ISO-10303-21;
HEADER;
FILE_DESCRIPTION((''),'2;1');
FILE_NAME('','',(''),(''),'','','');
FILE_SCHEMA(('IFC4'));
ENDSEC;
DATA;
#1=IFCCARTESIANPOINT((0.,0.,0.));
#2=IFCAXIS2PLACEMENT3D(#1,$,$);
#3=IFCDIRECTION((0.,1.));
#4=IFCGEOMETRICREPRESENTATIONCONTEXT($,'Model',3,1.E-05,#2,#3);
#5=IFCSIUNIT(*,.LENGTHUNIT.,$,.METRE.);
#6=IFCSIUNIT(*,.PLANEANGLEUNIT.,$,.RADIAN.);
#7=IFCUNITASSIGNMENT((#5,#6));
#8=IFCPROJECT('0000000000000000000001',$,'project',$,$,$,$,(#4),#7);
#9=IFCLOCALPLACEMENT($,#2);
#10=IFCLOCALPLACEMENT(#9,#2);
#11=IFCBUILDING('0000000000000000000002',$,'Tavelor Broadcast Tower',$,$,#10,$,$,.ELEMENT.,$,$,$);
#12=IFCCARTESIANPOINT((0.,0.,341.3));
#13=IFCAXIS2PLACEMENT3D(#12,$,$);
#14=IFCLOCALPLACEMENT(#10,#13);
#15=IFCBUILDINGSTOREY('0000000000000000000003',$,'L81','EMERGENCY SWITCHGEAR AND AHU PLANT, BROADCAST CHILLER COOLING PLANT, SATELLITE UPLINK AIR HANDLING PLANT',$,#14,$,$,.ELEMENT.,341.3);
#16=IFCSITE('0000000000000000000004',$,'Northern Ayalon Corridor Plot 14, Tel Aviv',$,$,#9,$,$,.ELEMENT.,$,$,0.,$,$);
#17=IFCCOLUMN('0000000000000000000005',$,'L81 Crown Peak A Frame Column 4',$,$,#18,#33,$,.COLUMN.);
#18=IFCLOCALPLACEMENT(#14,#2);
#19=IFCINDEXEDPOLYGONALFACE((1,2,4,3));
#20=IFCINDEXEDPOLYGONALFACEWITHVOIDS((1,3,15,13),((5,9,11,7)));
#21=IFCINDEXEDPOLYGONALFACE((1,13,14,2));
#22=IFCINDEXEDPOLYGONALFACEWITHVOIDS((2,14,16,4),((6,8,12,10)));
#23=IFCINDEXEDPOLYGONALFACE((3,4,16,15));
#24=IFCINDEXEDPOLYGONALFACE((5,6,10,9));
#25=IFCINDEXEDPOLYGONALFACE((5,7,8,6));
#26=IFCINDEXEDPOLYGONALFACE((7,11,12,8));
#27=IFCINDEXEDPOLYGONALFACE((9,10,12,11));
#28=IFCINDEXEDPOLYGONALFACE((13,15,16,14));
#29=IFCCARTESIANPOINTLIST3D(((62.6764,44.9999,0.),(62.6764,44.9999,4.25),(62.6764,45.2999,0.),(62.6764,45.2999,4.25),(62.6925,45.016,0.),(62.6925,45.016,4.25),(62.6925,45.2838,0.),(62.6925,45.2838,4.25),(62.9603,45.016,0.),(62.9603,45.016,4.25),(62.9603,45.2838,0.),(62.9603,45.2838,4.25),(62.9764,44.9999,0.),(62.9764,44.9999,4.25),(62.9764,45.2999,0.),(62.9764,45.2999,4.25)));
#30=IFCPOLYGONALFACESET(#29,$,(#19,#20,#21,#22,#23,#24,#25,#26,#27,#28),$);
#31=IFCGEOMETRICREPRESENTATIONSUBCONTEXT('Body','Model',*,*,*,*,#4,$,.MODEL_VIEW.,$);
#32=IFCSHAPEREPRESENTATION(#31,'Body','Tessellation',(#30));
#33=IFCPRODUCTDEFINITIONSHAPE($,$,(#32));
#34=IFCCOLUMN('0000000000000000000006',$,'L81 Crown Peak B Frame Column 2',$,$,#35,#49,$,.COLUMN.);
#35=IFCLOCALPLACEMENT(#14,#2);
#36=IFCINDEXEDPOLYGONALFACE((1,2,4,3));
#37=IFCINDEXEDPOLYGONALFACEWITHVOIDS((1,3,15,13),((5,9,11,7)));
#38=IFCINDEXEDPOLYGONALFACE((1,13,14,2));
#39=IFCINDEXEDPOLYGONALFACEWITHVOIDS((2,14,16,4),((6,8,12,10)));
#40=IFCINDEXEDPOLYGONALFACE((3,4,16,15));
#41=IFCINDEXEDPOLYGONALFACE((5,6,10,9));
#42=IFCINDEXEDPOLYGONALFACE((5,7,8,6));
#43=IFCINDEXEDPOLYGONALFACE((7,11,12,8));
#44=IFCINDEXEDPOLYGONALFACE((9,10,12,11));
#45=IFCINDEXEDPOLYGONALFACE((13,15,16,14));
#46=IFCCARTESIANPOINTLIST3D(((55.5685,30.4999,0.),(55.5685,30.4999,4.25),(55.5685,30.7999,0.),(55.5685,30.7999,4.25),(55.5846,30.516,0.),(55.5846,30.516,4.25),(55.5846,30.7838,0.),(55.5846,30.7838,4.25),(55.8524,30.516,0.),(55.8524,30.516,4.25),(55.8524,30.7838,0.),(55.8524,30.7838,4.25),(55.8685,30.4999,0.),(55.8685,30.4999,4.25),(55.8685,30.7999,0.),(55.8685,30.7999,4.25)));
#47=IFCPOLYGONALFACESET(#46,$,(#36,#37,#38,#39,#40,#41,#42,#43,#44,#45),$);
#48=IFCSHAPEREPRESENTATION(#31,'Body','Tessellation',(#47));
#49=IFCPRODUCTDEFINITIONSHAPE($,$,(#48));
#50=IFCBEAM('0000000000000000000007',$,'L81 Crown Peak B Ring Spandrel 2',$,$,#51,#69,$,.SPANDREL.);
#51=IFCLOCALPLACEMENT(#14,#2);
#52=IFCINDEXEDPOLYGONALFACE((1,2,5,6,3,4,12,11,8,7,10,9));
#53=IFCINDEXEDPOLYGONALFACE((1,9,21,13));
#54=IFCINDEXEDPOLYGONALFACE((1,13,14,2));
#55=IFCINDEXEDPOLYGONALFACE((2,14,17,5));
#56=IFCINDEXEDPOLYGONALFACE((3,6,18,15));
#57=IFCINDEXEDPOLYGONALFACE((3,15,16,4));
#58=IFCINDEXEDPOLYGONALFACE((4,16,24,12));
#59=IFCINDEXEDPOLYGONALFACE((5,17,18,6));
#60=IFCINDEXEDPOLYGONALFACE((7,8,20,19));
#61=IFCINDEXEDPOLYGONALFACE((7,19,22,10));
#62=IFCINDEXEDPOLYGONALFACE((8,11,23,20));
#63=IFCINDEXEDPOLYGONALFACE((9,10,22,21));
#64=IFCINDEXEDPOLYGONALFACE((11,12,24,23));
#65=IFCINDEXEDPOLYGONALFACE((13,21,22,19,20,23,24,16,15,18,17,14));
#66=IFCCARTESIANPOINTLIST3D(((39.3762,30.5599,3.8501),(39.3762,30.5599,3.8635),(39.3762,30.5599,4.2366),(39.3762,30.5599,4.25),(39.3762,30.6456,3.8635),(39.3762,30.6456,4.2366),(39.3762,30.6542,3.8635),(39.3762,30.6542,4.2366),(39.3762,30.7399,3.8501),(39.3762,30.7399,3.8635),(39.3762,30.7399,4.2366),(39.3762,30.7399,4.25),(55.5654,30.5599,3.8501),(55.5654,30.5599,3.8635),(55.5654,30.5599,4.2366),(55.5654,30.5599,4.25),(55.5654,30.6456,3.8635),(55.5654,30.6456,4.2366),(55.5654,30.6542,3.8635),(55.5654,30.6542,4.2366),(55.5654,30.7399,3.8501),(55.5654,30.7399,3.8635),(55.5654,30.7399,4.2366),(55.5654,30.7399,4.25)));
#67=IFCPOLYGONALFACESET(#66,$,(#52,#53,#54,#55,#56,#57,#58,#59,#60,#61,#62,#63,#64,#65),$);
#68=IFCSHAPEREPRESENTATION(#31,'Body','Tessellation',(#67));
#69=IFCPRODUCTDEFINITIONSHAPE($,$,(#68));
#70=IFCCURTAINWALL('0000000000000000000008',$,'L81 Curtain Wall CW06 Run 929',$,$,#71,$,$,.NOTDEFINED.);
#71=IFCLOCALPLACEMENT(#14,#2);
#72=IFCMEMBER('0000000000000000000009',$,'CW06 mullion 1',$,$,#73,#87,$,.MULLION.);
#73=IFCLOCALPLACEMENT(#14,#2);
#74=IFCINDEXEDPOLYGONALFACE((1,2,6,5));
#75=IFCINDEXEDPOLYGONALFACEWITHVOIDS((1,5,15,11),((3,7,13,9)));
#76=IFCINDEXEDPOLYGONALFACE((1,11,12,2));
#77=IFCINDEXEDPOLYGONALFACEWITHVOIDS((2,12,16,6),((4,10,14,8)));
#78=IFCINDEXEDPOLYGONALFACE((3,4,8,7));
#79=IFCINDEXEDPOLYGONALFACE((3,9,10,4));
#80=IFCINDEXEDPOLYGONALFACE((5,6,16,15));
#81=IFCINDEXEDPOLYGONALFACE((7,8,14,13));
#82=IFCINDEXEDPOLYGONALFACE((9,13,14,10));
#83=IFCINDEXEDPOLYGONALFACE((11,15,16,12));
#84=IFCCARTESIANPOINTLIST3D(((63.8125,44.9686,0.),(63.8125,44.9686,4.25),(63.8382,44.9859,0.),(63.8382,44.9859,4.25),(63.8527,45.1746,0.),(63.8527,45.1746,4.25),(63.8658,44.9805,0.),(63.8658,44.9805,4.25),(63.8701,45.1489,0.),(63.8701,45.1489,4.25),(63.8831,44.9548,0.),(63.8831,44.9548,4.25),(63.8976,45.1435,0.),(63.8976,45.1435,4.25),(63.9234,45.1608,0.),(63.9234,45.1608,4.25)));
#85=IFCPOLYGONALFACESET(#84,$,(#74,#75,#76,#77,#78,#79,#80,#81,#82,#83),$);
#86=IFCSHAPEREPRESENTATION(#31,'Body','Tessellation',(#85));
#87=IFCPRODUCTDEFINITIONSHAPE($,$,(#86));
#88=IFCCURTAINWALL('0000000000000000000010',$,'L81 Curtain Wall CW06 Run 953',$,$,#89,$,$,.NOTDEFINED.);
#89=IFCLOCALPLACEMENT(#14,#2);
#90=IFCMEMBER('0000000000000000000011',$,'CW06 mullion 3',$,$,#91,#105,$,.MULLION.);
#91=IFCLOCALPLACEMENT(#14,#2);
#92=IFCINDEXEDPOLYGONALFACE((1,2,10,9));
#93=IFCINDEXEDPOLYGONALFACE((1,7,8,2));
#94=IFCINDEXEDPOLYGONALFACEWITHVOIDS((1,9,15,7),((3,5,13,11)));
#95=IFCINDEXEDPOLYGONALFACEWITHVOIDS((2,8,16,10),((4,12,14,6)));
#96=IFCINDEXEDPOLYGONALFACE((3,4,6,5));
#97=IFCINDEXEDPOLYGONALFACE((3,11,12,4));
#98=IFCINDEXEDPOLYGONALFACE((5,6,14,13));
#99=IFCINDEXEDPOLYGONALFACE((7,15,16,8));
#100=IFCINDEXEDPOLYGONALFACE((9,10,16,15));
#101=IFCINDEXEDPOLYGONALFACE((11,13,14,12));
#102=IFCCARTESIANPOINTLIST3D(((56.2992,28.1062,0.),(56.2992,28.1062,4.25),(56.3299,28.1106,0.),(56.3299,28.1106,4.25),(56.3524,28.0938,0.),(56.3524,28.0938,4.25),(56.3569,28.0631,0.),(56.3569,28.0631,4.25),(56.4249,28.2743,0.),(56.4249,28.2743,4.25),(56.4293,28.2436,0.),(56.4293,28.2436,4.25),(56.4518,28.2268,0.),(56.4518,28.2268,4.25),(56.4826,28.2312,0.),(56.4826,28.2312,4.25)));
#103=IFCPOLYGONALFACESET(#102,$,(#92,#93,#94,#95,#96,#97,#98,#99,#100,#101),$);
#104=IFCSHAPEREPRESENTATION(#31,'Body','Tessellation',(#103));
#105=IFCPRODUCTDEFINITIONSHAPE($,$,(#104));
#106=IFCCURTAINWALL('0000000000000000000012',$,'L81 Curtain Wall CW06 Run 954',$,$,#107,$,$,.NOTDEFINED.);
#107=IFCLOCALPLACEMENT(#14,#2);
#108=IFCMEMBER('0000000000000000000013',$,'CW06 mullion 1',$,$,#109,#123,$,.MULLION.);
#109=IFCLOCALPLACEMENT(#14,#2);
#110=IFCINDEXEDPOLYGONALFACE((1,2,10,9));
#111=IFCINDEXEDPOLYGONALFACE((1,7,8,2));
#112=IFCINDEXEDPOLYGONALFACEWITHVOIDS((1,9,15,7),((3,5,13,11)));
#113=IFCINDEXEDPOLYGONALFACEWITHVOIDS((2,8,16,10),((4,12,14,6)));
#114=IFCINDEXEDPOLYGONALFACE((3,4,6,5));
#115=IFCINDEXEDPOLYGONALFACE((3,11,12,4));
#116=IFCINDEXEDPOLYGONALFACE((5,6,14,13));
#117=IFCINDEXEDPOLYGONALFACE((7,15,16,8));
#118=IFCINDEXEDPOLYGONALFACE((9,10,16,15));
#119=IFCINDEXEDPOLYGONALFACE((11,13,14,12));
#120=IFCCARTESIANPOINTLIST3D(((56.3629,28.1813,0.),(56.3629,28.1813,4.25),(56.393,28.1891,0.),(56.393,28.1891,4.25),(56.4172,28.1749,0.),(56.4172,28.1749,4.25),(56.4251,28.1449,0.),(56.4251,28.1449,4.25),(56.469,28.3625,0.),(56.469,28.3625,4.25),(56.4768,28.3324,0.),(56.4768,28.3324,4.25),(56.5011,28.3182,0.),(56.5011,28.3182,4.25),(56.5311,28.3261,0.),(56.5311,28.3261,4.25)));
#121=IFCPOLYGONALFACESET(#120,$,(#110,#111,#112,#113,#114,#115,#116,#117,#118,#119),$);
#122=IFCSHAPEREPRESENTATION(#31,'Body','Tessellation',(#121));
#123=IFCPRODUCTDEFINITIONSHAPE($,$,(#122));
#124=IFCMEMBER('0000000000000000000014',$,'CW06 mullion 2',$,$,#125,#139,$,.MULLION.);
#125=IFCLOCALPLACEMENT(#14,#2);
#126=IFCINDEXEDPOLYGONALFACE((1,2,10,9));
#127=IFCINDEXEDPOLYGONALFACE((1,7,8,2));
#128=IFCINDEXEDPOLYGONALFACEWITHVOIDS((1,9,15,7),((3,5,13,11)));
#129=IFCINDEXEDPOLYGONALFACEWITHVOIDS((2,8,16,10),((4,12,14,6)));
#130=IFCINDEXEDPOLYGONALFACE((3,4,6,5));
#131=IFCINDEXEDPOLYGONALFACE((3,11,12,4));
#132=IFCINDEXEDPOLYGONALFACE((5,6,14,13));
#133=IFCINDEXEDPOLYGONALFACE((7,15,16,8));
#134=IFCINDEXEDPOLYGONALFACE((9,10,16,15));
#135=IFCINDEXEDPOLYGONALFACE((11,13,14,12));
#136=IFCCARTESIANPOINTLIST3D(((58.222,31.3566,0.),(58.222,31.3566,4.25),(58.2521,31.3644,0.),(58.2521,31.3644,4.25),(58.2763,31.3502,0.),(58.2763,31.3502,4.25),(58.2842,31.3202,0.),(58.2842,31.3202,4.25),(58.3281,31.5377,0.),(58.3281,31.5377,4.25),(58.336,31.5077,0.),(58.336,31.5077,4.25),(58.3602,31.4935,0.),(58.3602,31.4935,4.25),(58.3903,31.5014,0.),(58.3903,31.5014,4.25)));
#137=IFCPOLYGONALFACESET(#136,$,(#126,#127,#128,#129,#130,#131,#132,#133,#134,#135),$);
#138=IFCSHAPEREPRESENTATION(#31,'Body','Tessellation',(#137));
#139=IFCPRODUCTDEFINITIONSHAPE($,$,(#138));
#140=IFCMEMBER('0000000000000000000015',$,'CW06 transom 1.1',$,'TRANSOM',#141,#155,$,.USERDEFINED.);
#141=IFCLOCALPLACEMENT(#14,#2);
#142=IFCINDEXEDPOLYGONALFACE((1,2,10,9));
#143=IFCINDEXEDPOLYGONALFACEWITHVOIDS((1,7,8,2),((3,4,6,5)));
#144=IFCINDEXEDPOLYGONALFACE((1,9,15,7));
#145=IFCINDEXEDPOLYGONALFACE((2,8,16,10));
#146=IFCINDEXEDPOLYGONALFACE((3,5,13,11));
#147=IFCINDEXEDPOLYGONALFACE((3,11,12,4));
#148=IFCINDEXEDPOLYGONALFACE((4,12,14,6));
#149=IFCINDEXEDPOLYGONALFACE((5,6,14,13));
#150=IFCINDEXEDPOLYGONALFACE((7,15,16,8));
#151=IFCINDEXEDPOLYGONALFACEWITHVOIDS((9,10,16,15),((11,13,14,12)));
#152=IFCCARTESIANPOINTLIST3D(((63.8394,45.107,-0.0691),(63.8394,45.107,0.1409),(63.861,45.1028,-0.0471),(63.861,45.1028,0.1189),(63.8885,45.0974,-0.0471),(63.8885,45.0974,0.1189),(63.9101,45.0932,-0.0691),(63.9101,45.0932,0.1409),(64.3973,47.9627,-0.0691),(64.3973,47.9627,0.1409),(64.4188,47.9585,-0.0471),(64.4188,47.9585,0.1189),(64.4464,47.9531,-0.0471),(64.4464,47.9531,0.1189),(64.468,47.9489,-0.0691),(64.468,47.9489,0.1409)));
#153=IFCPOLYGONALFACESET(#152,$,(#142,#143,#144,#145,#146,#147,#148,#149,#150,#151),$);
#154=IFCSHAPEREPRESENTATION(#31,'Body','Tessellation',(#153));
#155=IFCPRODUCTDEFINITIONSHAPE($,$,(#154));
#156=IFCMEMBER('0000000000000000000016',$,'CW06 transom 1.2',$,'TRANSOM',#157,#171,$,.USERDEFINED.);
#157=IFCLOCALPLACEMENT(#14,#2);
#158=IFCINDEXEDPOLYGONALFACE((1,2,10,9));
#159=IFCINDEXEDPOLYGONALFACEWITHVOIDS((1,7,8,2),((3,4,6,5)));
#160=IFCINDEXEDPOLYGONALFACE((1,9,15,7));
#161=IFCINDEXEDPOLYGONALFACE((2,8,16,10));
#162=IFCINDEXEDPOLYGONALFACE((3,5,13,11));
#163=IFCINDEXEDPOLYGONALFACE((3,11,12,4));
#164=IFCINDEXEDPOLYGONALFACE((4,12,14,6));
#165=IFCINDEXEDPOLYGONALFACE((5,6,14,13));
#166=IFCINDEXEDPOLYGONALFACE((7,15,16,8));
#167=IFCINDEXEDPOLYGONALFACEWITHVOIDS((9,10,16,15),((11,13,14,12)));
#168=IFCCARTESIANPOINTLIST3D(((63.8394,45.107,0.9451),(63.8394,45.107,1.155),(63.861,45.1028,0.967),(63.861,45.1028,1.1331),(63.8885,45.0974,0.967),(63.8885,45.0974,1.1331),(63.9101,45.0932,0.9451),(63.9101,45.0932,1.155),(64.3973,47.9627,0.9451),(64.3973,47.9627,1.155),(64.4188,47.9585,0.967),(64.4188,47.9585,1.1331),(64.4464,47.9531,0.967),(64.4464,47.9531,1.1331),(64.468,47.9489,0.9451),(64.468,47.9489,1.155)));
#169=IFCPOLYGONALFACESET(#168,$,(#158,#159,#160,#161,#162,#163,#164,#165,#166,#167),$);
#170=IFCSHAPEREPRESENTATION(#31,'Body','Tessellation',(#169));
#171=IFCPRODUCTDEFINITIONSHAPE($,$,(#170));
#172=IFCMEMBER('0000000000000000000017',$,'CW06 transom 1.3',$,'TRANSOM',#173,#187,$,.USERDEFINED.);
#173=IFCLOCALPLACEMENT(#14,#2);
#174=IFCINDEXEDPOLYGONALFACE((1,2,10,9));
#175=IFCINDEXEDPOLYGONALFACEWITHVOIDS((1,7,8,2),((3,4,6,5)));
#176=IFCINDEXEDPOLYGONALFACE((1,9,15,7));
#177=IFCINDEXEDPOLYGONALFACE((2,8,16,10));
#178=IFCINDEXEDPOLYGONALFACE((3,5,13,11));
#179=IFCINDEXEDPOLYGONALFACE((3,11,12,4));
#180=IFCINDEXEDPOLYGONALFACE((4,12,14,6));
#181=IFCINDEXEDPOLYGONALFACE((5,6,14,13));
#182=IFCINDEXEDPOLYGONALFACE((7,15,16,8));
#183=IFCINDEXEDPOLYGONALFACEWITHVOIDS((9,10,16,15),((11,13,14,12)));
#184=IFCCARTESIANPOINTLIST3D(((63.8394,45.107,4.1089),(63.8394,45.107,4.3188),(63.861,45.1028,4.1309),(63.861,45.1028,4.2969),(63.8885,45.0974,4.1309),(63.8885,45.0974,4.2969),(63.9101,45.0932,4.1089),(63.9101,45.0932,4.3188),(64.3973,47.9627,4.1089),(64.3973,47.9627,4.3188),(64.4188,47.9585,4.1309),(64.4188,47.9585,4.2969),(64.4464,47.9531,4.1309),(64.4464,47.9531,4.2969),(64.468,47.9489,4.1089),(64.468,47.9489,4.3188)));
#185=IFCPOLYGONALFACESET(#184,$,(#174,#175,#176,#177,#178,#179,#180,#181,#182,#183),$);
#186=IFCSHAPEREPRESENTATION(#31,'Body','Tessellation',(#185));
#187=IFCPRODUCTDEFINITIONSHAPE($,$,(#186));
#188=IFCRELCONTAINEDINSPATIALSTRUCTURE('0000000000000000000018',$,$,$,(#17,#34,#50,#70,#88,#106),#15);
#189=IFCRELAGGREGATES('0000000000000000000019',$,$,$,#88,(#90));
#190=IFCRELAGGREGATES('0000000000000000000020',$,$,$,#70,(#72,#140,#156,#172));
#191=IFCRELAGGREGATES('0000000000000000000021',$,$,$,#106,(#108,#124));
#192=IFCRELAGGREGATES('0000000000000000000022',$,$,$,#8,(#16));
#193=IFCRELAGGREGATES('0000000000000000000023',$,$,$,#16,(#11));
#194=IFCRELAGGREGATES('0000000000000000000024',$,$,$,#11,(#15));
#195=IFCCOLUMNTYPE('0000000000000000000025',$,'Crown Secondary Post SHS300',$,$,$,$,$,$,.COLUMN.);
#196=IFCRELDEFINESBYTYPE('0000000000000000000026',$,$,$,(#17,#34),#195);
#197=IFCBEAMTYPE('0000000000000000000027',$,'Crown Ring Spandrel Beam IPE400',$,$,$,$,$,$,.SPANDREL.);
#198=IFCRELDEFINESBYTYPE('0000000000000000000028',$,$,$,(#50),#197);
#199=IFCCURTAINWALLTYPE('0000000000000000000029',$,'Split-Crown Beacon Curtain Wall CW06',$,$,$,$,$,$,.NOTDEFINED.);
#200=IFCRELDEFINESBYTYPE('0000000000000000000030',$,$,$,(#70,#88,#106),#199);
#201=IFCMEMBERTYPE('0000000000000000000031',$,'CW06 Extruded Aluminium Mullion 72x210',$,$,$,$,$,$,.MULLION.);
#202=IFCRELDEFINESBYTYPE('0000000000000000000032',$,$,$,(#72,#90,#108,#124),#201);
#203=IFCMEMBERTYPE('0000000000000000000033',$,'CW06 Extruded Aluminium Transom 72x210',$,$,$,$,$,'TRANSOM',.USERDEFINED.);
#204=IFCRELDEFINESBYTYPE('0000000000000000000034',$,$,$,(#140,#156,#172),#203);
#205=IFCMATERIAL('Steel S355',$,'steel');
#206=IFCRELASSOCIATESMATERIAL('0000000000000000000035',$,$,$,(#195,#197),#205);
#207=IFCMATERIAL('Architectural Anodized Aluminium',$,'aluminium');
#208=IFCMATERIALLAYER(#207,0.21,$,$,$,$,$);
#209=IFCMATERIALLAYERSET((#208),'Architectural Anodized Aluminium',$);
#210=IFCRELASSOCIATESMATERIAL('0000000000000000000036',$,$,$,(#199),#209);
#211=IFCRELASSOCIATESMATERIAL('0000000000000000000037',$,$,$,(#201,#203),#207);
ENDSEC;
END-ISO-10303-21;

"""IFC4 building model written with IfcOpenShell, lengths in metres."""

from ifc_helpers import new_model, si_unit, direction, frame, origin, origin_2d, place, context, subcontext, project, spatial, hollow_rectangle, i_section, extrude, source, transform, mapped, material, layer, layer_set, material_profile, profile_set, type_object, type_shapes, element, aggregate, save


model = new_model("IFC4")

# Units and contexts
model_context = context("Model", 3, precision=1e-05, world=origin(), true_north=direction((0.0, 1.0)))
body_context = subcontext(model_context, "Body", "Model", "MODEL_VIEW")
ifc_project = project(units=[si_unit("LENGTHUNIT", "METRE"), si_unit("PLANEANGLEUNIT", "RADIAN")], contexts=[model_context])

# Site, building, storey
site_placement = place(None, origin())
site = spatial("IfcSite", under=ifc_project, at=site_placement, Name="Northern Ayalon Corridor Plot 14, Tel Aviv", CompositionType="ELEMENT", RefElevation=0.0)
building_placement = place(site_placement, origin())
building = spatial("IfcBuilding", under=site, at=building_placement, Name="Tavelor Broadcast Tower", CompositionType="ELEMENT")
storey_placement = place(building_placement, frame((0.0, 0.0, 341.3)))
storey = spatial("IfcBuildingStorey", under=building, at=storey_placement, Name="L81", Description="EMERGENCY SWITCHGEAR AND AHU PLANT, BROADCAST CHILLER COOLING PLANT, SATELLITE UPLINK AIR HANDLING PLANT", CompositionType="ELEMENT", Elevation=341.3)

# Columns
ifc_material_1 = material(Name="Steel S355", Category="steel")
ifc_material_profile_1 = material_profile(ifc_material_1, hollow_rectangle(XDim=0.3, YDim=0.3, WallThickness=0.0161, at=origin_2d()), Name="SHS 300x300x16")
ifc_profile_set_1 = profile_set([ifc_material_profile_1], Name="Steel S355")
column_type = type_object("IfcColumnType", Name="Crown Secondary Post SHS300", PredefinedType="COLUMN", material=ifc_profile_set_1)
for number, where, z_axis, x_axis, name in (
    (1, (62.8264, 45.1499, 0.0), (0.0, 0.0, 1.0), (1.0, 0.0, 0.0), "L81 Crown Peak A Frame Column 4"),
    (2, (55.7185, 30.6499, 0.0), (0.0, 0.0, 1.0), (1.0, 0.0, 0.0), "L81 Crown Peak B Frame Column 2"),
):
    element("IfcColumn", number, at=place(storey_placement, frame(where, z_axis=z_axis, x_axis=x_axis)), inside=storey, type_object=column_type, Name=name, PredefinedType="COLUMN", context=body_context, shape_type="SweptSolid", body=[
        extrude(hollow_rectangle(XDim=0.3, YDim=0.3, WallThickness=0.0161, at=origin_2d()), origin(), (0.0, 0.0, 1.0), 4.25),
    ])

# Beam
ifc_material_profile_2 = material_profile(ifc_material_1, i_section(OverallWidth=0.1799, OverallDepth=0.3999, WebThickness=0.0085, FlangeThickness=0.0134, at=origin_2d()), Name="IPE 400")
ifc_profile_set_2 = profile_set([ifc_material_profile_2], Name="Steel S355")
beam_type = type_object("IfcBeamType", Name="Crown Ring Spandrel Beam IPE400", PredefinedType="SPANDREL", material=ifc_profile_set_2)
beam_placement = place(storey_placement, frame((55.5654, 30.6499, 4.05), z_axis=(-1.0, 0.0, 0.0), x_axis=(0.0, -1.0, 0.0)))
element("IfcBeam", 3, at=beam_placement, inside=storey, type_object=beam_type, Name="L81 Crown Peak B Ring Spandrel 2", PredefinedType="SPANDREL", context=body_context, shape_type="SweptSolid", body=[
    extrude(i_section(OverallWidth=0.1799, OverallDepth=0.3999, WebThickness=0.0085, FlangeThickness=0.0134, at=origin_2d()), origin(), (0.0, 0.0, 1.0), 16.1892),
])

# Curtain walls, members
ifc_material_2 = material(Name="Architectural Anodized Aluminium", Category="aluminium")
ifc_layer_1 = layer(ifc_material_2, 0.21)
ifc_layer_set_1 = layer_set([ifc_layer_1], Name="Architectural Anodized Aluminium")
curtain_wall_type = type_object("IfcCurtainWallType", Name="Split-Crown Beacon Curtain Wall CW06", PredefinedType="NOTDEFINED", material=ifc_layer_set_1)
curtain_wall_1_placement = place(storey_placement, origin())
curtain_wall_1 = element("IfcCurtainWall", 4, at=curtain_wall_1_placement, inside=storey, type_object=curtain_wall_type, Name="L81 Curtain Wall CW06 Run 929", PredefinedType="NOTDEFINED")
ifc_material_profile_3 = material_profile(ifc_material_2, hollow_rectangle(XDim=0.072, YDim=0.21, WallThickness=0.022, at=origin_2d()), Name="RHS 72x210x22")
ifc_profile_set_3 = profile_set([ifc_material_profile_3], Name="Architectural Anodized Aluminium")
member_type_1 = type_object("IfcMemberType", Name="CW06 Extruded Aluminium Mullion 72x210", PredefinedType="MULLION", material=ifc_profile_set_3)
shared_shape_1 = source(origin(), body_context, "Body", "SweptSolid", [
    extrude(hollow_rectangle(XDim=0.072, YDim=0.21, WallThickness=0.022, at=origin_2d()), origin(), (0.0, 0.0, 1.0), 4.25),
])
type_shapes(member_type_1, [shared_shape_1])
member_1_placement = place(storey_placement, frame((63.8679, 45.0647, 0.0), z_axis=(0.0, 0.0, 1.0), x_axis=(-0.981452, 0.191707, 0.0)))
member_1 = element("IfcMember", 5, at=member_1_placement, type_object=member_type_1, Name="CW06 mullion 1", PredefinedType="MULLION", context=body_context, shape_type="MappedRepresentation", body=[
    mapped(shared_shape_1, transform((0.0, 0.0, 0.0), scale=1.0)),
])
curtain_wall_2_placement = place(storey_placement, origin())
curtain_wall_2 = element("IfcCurtainWall", 6, at=curtain_wall_2_placement, inside=storey, type_object=curtain_wall_type, Name="L81 Curtain Wall CW06 Run 953", PredefinedType="NOTDEFINED")
member_2_placement = place(storey_placement, frame((56.3909, 28.1687, 0.0), z_axis=(0.0, 0.0, 1.0), x_axis=(-0.800934, 0.598753, 0.0)))
member_2 = element("IfcMember", 7, at=member_2_placement, type_object=member_type_1, Name="CW06 mullion 3", PredefinedType="MULLION", context=body_context, shape_type="MappedRepresentation", body=[
    mapped(shared_shape_1, transform((0.0, 0.0, 0.0), scale=1.0)),
])
aggregate(curtain_wall_2, [member_2])

# Curtain wall, members
curtain_wall_3_placement = place(storey_placement, origin())
curtain_wall_3 = element("IfcCurtainWall", 8, at=curtain_wall_3_placement, inside=storey, type_object=curtain_wall_type, Name="L81 Curtain Wall CW06 Run 954", PredefinedType="NOTDEFINED")
member_3_placement = place(storey_placement, frame((56.447, 28.2537, 0.0), z_axis=(0.0, 0.0, 1.0), x_axis=(-0.862964, 0.505266, 0.0)))
member_3 = element("IfcMember", 9, at=member_3_placement, type_object=member_type_1, Name="CW06 mullion 1", PredefinedType="MULLION", context=body_context, shape_type="MappedRepresentation", body=[
    mapped(shared_shape_1, transform((0.0, 0.0, 0.0), scale=1.0)),
])
member_4_placement = place(storey_placement, frame((58.3062, 31.429, 0.0), z_axis=(0.0, 0.0, 1.0), x_axis=(-0.862964, 0.505266, 0.0)))
member_4 = element("IfcMember", 10, at=member_4_placement, type_object=member_type_1, Name="CW06 mullion 2", PredefinedType="MULLION", context=body_context, shape_type="MappedRepresentation", body=[
    mapped(shared_shape_1, transform((0.0, 0.0, 0.0), scale=1.0)),
])

# Members
ifc_material_profile_4 = material_profile(ifc_material_2, hollow_rectangle(XDim=0.072, YDim=0.21, WallThickness=0.022, at=origin_2d()), Name="RHS 72x210x22")
ifc_profile_set_4 = profile_set([ifc_material_profile_4], Name="Architectural Anodized Aluminium")
member_type_2 = type_object("IfcMemberType", Name="CW06 Extruded Aluminium Transom 72x210", ElementType="TRANSOM", PredefinedType="USERDEFINED", material=ifc_profile_set_4)
shared_shape_2 = source(origin(), body_context, "Body", "SweptSolid", [
    extrude(hollow_rectangle(XDim=0.072, YDim=0.21, WallThickness=0.022, at=origin_2d()), origin(), (0.0, 0.0, 1.0), 2.9097),
])
member_5_placement = place(storey_placement, frame((63.8748, 45.1001, 0.0359), z_axis=(0.191725, 0.981449, 0.0), x_axis=(-0.981449, 0.191725, 0.0)))
member_5 = element("IfcMember", 11, at=member_5_placement, type_object=member_type_2, Name="CW06 transom 1.1", ObjectType="TRANSOM", PredefinedType="USERDEFINED", context=body_context, shape_type="MappedRepresentation", body=[
    mapped(shared_shape_2, transform((0.0, 0.0, 0.0), scale=1.0)),
])
member_6_placement = place(storey_placement, frame((63.8748, 45.1001, 1.05), z_axis=(0.191725, 0.981449, 0.0), x_axis=(-0.981449, 0.191725, 0.0)))
member_6 = element("IfcMember", 12, at=member_6_placement, type_object=member_type_2, Name="CW06 transom 1.2", ObjectType="TRANSOM", PredefinedType="USERDEFINED", context=body_context, shape_type="MappedRepresentation", body=[
    mapped(shared_shape_2, transform((0.0, 0.0, 0.0), scale=1.0)),
])
member_7_placement = place(storey_placement, frame((63.8748, 45.1001, 4.2139), z_axis=(0.191725, 0.981449, 0.0), x_axis=(-0.981449, 0.191725, 0.0)))
member_7 = element("IfcMember", 13, at=member_7_placement, type_object=member_type_2, Name="CW06 transom 1.3", ObjectType="TRANSOM", PredefinedType="USERDEFINED", context=body_context, shape_type="MappedRepresentation", body=[
    mapped(shared_shape_2, transform((0.0, 0.0, 0.0), scale=1.0)),
])
aggregate(curtain_wall_1, [member_1, member_5, member_6, member_7])

aggregate(curtain_wall_3, [member_3, member_4])

save(model, "model.ifc")
